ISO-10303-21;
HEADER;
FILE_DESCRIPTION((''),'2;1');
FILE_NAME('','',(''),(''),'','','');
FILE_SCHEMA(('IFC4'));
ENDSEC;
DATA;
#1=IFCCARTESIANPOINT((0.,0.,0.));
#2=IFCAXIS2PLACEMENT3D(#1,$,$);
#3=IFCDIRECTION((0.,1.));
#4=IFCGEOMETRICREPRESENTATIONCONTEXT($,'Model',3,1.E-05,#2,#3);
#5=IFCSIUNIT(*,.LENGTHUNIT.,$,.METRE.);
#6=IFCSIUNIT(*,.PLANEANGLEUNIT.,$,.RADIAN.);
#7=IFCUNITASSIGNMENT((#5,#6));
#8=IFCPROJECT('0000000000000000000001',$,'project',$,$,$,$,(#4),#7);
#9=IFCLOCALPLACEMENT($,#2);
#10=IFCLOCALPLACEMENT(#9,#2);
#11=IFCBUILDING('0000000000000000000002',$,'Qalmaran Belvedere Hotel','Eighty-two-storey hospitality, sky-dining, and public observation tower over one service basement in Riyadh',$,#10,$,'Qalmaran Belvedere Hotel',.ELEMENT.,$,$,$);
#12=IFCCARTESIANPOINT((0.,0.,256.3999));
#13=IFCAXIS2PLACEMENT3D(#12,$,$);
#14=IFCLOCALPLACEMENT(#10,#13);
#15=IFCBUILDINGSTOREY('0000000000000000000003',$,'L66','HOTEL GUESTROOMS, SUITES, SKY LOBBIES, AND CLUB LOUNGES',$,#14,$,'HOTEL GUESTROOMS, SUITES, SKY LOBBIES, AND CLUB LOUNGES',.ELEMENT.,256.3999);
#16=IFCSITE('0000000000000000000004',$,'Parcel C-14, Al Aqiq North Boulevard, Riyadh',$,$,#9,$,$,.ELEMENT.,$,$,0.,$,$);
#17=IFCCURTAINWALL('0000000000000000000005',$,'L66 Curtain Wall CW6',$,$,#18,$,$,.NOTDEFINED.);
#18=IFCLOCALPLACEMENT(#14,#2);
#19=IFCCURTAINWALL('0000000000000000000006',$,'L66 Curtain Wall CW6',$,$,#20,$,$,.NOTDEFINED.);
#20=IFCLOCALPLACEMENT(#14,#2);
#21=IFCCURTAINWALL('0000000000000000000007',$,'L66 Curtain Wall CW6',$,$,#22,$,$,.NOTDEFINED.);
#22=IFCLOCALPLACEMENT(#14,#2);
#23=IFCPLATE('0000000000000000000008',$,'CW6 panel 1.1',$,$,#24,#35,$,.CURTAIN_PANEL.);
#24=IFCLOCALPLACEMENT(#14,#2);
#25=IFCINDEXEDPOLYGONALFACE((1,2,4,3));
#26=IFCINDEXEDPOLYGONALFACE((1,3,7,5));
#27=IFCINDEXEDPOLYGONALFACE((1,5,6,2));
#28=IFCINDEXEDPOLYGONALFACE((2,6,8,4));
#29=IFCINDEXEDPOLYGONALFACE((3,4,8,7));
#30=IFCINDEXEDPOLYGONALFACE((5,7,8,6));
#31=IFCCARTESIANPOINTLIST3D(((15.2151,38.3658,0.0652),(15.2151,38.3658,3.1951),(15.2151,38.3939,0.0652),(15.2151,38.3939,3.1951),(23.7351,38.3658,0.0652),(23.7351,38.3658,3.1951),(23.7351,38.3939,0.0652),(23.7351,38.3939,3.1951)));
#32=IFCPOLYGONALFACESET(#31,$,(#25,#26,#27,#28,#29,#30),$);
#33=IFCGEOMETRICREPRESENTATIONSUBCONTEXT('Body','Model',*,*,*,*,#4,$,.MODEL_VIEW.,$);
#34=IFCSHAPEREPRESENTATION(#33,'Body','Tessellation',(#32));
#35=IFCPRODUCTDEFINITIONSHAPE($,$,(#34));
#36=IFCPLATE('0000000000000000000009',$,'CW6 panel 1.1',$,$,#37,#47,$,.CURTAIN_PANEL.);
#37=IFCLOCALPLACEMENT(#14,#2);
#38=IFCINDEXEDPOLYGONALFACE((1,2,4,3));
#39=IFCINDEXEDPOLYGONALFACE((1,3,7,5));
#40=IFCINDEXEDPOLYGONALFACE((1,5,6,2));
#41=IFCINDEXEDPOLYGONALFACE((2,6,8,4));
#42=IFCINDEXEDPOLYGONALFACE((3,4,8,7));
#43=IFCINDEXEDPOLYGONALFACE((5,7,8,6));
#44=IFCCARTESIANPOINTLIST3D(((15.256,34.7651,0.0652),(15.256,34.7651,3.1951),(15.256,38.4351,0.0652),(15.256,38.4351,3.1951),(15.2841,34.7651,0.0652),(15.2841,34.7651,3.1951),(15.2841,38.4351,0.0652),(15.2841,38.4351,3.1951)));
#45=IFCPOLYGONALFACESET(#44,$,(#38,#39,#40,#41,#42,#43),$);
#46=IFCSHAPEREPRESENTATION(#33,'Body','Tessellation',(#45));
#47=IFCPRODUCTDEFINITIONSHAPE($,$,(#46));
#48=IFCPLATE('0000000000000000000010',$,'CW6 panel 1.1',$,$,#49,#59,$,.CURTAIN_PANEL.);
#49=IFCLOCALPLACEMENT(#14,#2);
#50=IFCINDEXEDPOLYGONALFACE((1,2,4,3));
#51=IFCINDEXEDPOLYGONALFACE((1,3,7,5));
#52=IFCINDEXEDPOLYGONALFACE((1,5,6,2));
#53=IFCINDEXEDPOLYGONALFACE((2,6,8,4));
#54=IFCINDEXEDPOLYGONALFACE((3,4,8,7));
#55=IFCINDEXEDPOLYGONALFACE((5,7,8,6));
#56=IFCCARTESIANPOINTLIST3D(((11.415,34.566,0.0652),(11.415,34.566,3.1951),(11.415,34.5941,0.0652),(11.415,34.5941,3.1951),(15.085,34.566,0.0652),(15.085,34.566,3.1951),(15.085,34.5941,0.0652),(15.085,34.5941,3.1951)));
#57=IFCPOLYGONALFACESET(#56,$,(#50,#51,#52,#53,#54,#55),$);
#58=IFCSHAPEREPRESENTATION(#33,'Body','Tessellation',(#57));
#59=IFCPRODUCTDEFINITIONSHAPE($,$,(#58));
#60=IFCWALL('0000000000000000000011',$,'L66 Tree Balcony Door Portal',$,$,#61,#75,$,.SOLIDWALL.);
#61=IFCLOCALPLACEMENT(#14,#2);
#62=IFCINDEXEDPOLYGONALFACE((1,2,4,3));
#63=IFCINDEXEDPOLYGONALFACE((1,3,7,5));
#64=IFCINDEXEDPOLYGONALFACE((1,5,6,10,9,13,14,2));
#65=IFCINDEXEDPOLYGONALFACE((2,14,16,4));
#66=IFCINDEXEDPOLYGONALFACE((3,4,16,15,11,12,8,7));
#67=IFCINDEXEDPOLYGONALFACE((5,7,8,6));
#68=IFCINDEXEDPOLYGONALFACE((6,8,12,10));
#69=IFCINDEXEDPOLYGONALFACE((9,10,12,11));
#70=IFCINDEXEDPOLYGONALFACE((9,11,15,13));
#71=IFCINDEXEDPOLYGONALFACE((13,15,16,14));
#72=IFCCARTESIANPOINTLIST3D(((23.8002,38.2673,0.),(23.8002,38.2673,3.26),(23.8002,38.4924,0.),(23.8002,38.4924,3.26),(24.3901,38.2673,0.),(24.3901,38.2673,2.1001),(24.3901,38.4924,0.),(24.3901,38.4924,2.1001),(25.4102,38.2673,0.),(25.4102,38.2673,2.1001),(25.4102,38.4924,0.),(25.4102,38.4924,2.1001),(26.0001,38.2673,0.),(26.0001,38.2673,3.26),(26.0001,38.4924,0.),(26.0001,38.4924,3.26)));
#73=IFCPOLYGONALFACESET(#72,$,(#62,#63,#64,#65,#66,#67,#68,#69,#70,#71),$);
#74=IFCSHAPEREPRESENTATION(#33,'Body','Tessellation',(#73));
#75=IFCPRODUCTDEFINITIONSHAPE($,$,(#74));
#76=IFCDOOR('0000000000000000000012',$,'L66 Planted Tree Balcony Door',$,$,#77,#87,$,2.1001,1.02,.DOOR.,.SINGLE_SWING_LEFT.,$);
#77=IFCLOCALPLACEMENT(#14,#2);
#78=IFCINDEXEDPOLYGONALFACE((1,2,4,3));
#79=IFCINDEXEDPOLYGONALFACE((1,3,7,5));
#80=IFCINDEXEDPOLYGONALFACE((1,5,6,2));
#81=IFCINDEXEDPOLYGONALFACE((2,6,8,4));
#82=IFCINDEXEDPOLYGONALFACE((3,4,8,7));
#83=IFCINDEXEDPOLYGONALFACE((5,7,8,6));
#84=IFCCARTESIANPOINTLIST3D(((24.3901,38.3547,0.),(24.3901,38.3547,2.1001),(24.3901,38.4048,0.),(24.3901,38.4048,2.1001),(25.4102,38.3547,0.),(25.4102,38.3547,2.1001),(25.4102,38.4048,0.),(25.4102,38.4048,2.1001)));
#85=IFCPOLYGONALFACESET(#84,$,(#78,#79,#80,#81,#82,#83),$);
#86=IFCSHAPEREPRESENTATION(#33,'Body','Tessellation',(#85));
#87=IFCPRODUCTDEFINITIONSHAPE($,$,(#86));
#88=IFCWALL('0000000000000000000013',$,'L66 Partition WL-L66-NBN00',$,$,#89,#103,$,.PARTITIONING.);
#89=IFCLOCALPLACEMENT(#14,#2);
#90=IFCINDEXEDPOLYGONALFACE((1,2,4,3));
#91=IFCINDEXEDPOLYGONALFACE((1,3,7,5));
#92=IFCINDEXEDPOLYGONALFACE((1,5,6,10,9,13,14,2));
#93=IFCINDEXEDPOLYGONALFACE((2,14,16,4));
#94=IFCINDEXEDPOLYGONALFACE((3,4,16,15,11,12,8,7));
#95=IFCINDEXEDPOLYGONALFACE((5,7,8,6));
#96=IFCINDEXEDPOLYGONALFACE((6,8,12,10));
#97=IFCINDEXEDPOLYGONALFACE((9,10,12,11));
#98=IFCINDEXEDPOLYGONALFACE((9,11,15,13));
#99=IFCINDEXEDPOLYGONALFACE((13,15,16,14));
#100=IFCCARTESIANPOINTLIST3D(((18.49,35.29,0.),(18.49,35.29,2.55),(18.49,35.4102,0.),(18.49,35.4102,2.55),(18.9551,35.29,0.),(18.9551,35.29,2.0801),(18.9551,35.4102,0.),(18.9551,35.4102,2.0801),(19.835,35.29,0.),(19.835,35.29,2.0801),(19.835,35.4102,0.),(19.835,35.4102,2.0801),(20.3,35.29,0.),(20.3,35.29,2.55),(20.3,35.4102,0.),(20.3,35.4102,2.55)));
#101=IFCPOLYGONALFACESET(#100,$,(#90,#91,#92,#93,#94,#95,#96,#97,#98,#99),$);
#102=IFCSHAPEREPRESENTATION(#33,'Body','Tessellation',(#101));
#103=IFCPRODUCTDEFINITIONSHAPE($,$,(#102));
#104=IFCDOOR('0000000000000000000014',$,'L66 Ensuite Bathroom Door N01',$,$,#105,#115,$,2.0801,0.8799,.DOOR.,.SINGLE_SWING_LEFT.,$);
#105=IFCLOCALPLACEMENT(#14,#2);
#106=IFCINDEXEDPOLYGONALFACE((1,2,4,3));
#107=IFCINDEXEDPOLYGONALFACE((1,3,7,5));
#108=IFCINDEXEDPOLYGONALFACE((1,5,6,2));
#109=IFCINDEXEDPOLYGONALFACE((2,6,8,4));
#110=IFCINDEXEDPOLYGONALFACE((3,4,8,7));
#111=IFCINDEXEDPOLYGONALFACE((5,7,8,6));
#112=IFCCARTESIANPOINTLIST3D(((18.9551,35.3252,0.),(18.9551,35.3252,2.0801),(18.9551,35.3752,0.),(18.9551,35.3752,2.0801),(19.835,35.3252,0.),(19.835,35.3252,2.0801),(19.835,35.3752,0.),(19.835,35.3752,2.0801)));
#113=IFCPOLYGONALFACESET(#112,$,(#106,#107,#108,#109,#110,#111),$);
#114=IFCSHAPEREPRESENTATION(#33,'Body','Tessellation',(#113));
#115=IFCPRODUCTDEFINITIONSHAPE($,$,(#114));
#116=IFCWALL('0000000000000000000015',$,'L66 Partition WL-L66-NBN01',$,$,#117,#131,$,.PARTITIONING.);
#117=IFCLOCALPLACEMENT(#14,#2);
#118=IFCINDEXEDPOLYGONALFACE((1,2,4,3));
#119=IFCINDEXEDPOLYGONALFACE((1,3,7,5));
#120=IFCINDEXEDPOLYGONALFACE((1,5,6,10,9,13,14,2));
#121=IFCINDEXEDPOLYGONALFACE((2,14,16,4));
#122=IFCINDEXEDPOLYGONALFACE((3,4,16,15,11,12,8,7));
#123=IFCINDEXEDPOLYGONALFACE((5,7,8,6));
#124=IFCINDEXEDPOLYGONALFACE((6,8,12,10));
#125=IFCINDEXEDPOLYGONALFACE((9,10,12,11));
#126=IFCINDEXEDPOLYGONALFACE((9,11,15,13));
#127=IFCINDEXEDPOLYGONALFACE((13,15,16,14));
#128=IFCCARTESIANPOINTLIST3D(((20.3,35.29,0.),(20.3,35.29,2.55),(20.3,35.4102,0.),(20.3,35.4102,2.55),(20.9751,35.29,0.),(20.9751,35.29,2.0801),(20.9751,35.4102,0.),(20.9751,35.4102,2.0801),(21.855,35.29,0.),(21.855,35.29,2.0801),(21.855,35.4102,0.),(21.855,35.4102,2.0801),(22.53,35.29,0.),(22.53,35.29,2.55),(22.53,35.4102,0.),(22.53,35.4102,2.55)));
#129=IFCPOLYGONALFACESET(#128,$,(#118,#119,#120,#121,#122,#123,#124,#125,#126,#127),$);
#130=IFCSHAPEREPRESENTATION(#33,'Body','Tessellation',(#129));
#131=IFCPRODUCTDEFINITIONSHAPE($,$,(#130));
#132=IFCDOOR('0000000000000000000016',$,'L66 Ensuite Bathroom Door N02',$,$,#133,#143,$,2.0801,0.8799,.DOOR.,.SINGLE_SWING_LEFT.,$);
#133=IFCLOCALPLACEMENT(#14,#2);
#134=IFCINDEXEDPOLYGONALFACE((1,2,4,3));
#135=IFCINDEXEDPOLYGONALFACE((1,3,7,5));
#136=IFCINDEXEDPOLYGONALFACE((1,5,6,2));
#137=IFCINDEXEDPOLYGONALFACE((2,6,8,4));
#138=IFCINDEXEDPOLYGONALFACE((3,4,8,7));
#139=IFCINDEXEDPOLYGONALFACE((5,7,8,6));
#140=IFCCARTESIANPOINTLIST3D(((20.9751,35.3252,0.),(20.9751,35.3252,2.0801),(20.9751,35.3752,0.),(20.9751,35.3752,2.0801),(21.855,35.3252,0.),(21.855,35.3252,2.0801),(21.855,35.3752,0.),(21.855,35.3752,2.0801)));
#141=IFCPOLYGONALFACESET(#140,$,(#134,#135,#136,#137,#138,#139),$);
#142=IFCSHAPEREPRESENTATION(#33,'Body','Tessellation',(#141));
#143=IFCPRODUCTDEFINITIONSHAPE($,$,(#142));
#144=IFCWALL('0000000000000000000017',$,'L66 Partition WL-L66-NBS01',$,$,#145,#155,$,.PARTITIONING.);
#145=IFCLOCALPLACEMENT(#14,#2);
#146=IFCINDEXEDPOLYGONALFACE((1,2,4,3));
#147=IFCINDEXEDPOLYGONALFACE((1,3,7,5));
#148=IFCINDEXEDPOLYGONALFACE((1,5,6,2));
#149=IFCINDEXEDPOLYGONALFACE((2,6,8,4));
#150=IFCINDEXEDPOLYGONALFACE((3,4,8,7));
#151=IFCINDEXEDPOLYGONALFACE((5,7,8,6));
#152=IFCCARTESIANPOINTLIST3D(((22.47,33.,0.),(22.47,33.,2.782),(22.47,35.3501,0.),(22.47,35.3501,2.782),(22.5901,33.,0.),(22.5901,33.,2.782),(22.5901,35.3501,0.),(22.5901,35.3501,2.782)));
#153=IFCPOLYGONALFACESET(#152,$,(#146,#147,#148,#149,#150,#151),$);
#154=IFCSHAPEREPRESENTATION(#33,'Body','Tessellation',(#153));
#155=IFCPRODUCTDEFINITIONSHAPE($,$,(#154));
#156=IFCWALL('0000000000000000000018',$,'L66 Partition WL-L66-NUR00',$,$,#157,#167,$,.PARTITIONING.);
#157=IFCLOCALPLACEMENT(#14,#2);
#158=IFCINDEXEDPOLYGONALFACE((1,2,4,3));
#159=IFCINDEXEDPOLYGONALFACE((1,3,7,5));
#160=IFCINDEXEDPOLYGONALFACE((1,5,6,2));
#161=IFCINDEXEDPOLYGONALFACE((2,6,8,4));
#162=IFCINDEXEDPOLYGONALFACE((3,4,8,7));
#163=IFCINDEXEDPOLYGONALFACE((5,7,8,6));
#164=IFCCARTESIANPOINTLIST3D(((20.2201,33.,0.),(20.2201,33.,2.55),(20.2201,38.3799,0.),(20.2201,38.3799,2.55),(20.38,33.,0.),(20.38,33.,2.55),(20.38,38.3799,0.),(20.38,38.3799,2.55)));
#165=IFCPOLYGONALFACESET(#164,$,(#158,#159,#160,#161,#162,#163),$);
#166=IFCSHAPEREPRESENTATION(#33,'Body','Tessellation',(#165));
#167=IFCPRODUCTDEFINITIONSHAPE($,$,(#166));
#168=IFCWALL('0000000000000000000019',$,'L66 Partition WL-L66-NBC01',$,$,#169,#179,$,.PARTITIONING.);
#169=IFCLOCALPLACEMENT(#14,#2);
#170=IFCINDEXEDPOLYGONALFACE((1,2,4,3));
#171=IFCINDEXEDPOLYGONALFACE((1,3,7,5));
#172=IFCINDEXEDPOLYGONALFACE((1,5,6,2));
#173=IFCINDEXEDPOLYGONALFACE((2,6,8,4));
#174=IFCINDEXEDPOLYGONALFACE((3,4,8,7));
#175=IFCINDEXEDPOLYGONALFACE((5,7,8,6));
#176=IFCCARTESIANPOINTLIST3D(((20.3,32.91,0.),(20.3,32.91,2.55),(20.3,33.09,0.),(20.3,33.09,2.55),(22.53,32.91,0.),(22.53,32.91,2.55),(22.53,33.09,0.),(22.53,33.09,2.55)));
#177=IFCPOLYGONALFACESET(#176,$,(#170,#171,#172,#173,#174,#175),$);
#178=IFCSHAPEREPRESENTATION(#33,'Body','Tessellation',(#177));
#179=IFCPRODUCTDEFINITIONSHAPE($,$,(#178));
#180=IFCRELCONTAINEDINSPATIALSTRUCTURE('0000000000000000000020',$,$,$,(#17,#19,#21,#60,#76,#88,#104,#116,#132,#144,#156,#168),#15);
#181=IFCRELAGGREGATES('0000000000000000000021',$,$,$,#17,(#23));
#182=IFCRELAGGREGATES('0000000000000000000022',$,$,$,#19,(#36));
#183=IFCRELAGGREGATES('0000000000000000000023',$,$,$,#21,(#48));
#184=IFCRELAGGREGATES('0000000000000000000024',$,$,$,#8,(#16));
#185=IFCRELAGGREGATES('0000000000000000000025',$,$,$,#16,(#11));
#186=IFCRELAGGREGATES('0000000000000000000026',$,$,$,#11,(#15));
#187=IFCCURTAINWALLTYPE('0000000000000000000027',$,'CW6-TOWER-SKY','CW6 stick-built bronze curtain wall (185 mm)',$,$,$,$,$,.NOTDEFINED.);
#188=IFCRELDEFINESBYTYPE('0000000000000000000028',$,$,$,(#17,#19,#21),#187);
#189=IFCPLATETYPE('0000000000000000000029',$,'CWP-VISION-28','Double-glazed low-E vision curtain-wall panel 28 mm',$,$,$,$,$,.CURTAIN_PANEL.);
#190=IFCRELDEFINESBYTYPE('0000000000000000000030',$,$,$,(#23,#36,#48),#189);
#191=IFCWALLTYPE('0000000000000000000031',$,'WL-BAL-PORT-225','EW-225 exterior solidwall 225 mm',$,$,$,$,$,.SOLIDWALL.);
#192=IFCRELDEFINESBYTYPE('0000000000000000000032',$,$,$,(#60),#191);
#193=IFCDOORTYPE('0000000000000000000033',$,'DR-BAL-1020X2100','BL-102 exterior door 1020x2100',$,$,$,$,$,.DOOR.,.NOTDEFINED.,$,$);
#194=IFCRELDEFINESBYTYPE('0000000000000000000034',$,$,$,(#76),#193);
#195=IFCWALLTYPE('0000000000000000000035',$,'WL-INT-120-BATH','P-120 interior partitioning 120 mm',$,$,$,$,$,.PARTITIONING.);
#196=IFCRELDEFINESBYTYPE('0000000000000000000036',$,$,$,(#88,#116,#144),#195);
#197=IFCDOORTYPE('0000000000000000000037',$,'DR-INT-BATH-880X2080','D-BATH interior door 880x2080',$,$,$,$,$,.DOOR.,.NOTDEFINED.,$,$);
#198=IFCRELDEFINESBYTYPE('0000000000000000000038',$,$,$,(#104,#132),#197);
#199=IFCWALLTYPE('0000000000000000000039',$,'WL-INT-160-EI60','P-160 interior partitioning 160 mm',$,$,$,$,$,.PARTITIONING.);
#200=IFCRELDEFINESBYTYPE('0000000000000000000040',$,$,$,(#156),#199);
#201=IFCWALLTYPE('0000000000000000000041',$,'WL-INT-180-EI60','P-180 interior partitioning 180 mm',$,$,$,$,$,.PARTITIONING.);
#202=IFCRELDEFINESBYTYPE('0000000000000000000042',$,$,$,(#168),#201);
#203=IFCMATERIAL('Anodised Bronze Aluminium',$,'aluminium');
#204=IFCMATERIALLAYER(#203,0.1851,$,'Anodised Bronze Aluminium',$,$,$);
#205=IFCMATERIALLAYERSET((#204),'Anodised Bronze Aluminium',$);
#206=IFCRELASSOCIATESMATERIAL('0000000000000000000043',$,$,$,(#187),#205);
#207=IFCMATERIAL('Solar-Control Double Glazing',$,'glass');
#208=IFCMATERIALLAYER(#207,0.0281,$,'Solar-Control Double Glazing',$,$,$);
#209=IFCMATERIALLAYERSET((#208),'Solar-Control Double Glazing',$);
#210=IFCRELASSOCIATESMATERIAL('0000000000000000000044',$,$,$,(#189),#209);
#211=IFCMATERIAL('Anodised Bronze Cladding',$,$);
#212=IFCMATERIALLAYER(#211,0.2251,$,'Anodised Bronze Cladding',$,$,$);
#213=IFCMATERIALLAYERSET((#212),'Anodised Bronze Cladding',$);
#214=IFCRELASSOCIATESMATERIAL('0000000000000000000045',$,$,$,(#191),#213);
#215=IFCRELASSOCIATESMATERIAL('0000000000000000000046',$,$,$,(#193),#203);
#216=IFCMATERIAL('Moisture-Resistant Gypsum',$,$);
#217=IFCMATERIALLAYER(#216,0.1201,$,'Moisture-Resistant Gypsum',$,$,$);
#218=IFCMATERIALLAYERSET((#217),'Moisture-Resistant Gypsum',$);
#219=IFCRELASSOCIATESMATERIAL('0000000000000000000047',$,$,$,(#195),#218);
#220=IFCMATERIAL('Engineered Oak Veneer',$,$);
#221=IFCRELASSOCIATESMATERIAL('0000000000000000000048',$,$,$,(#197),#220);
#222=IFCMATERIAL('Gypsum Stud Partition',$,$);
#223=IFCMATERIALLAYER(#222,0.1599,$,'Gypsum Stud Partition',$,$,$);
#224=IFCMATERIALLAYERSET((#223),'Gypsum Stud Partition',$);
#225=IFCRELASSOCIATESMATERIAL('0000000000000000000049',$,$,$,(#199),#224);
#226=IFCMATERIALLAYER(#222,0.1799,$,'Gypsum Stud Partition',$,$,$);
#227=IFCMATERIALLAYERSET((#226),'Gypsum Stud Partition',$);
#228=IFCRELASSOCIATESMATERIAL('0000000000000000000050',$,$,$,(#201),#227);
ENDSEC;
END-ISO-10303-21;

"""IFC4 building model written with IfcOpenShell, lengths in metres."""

from ifc_helpers import new_model, si_unit, direction, frame, frame_2d, origin, origin_2d, place, context, subcontext, project, spatial, rectangle, extrude, material, layer, layer_set, type_object, element, fill, aggregate, save


model = new_model("IFC4")

# Units and contexts
model_context = context("Model", 3, precision=1e-05, world=origin(), true_north=direction((0.0, 1.0)))
body_context = subcontext(model_context, "Body", "Model", "MODEL_VIEW")
ifc_project = project(units=[si_unit("LENGTHUNIT", "METRE"), si_unit("PLANEANGLEUNIT", "RADIAN")], contexts=[model_context])

# Site, building, storey
site_placement = place(None, origin())
site = spatial("IfcSite", under=ifc_project, at=site_placement, Name="Parcel C-14, Al Aqiq North Boulevard, Riyadh", CompositionType="ELEMENT", RefElevation=0.0)
building_placement = place(site_placement, origin())
building = spatial("IfcBuilding", under=site, at=building_placement, Name="Qalmaran Belvedere Hotel", Description="Eighty-two-storey hospitality, sky-dining, and public observation tower over one service basement in Riyadh", LongName="Qalmaran Belvedere Hotel", CompositionType="ELEMENT")
storey_placement = place(building_placement, frame((0.0, 0.0, 256.3999)))
storey = spatial("IfcBuildingStorey", under=building, at=storey_placement, Name="L66", Description="HOTEL GUESTROOMS, SUITES, SKY LOBBIES, AND CLUB LOUNGES", LongName="HOTEL GUESTROOMS, SUITES, SKY LOBBIES, AND CLUB LOUNGES", CompositionType="ELEMENT", Elevation=256.3999)

# Curtain walls
ifc_material_1 = material(Name="Anodised Bronze Aluminium", Category="aluminium")
ifc_layer_1 = layer(ifc_material_1, 0.1851, Name="Anodised Bronze Aluminium")
ifc_layer_set_1 = layer_set([ifc_layer_1], Name="Anodised Bronze Aluminium")
curtain_wall_type = type_object("IfcCurtainWallType", Name="CW6-TOWER-SKY", Description="CW6 stick-built bronze curtain wall (185 mm)", PredefinedType="NOTDEFINED", material=ifc_layer_set_1)
curtain_wall_1_placement = place(storey_placement, origin())
curtain_wall_1 = element("IfcCurtainWall", 1, at=curtain_wall_1_placement, inside=storey, type_object=curtain_wall_type, Name="L66 Curtain Wall CW6", PredefinedType="NOTDEFINED")
curtain_wall_2_placement = place(storey_placement, origin())
curtain_wall_2 = element("IfcCurtainWall", 2, at=curtain_wall_2_placement, inside=storey, type_object=curtain_wall_type, Name="L66 Curtain Wall CW6", PredefinedType="NOTDEFINED")
curtain_wall_3_placement = place(storey_placement, origin())
curtain_wall_3 = element("IfcCurtainWall", 3, at=curtain_wall_3_placement, inside=storey, type_object=curtain_wall_type, Name="L66 Curtain Wall CW6", PredefinedType="NOTDEFINED")

# Plates
ifc_material_2 = material(Name="Solar-Control Double Glazing", Category="glass")
ifc_layer_2 = layer(ifc_material_2, 0.0281, Name="Solar-Control Double Glazing")
ifc_layer_set_2 = layer_set([ifc_layer_2], Name="Solar-Control Double Glazing")
plate_type = type_object("IfcPlateType", Name="CWP-VISION-28", Description="Double-glazed low-E vision curtain-wall panel 28 mm", PredefinedType="CURTAIN_PANEL", material=ifc_layer_set_2)
plate_1_placement = place(storey_placement, frame((19.4751, 38.3799, 0.0652), z_axis=(0.0, 0.0, 1.0), x_axis=(-1.0, 0.0, 0.0)))
plate_1 = element("IfcPlate", 4, at=plate_1_placement, type_object=plate_type, Name="CW6 panel 1.1", PredefinedType="CURTAIN_PANEL", context=body_context, shape_type="SweptSolid", body=[
    extrude(rectangle(XDim=8.52, YDim=0.0281, at=origin_2d()), origin(), (0.0, 0.0, 1.0), 3.1299),
])
aggregate(curtain_wall_1, [plate_1])
plate_2_placement = place(storey_placement, frame((15.27, 36.6001, 0.0652), z_axis=(0.0, 0.0, 1.0), x_axis=(0.0, -1.0, 0.0)))
plate_2 = element("IfcPlate", 5, at=plate_2_placement, type_object=plate_type, Name="CW6 panel 1.1", PredefinedType="CURTAIN_PANEL", context=body_context, shape_type="SweptSolid", body=[
    extrude(rectangle(XDim=3.6699, YDim=0.0281, at=origin_2d()), origin(), (0.0, 0.0, 1.0), 3.1299),
])
aggregate(curtain_wall_2, [plate_2])
plate_3_placement = place(storey_placement, frame((13.25, 34.5801, 0.0652), z_axis=(0.0, 0.0, 1.0), x_axis=(-1.0, 0.0, 0.0)))
plate_3 = element("IfcPlate", 6, at=plate_3_placement, type_object=plate_type, Name="CW6 panel 1.1", PredefinedType="CURTAIN_PANEL", context=body_context, shape_type="SweptSolid", body=[
    extrude(rectangle(XDim=3.6699, YDim=0.0281, at=origin_2d()), origin(), (0.0, 0.0, 1.0), 3.1299),
])
aggregate(curtain_wall_3, [plate_3])

# Walls, openings, doors
ifc_material_3 = material(Name="Anodised Bronze Cladding")
ifc_layer_3 = layer(ifc_material_3, 0.2251, Name="Anodised Bronze Cladding")
ifc_layer_set_3 = layer_set([ifc_layer_3], Name="Anodised Bronze Cladding")
wall_type_1 = type_object("IfcWallType", Name="WL-BAL-PORT-225", Description="EW-225 exterior solidwall 225 mm", PredefinedType="SOLIDWALL", material=ifc_layer_set_3)
wall_1_placement = place(storey_placement, frame((23.8, 38.3799, 0.0), z_axis=(0.0, 0.0, 1.0), x_axis=(1.0, 0.0, 0.0)))
wall_1 = element("IfcWall", 7, at=wall_1_placement, inside=storey, type_object=wall_type_1, Name="L66 Tree Balcony Door Portal", PredefinedType="SOLIDWALL", context=body_context, shape_type="SweptSolid", body=[
    extrude(rectangle(XDim=2.2, YDim=0.2251, at=frame_2d((1.1001, 0.0))), origin(), (0.0, 0.0, 1.0), 3.26),
])
opening_1_placement = place(wall_1_placement, frame((0.5901, 0.0, 0.0)))
opening_1 = element("IfcOpeningElement", 8, at=opening_1_placement, cuts=wall_1, PredefinedType="OPENING", context=body_context, shape_type="SweptSolid", body=[
    extrude(rectangle(XDim=1.02, YDim=2.1001, at=frame_2d((0.51, 1.05))), frame((0.0, 0.1226, 0.0), z_axis=(0.0, -1.0, 0.0), x_axis=(1.0, 0.0, 0.0)), (0.0, 0.0, 1.0), 0.2451),
])
door_type_1 = type_object("IfcDoorType", Name="DR-BAL-1020X2100", Description="BL-102 exterior door 1020x2100", OperationType="NOTDEFINED", PredefinedType="DOOR", material=ifc_material_1)
door_1_placement = place(opening_1_placement, origin())
door_1 = element("IfcDoor", 9, at=door_1_placement, inside=storey, type_object=door_type_1, Name="L66 Planted Tree Balcony Door", OperationType="SINGLE_SWING_LEFT", OverallHeight=2.1001, OverallWidth=1.02, PredefinedType="DOOR", context=body_context, shape_type="SweptSolid", body=[
    extrude(rectangle(XDim=1.02, YDim=2.1001, at=frame_2d((0.51, 1.05))), frame((0.0, 0.0249, 0.0), z_axis=(0.0, -1.0, 0.0), x_axis=(1.0, 0.0, 0.0)), (0.0, 0.0, 1.0), 0.05),
])
fill(opening_1, door_1)
ifc_material_4 = material(Name="Moisture-Resistant Gypsum")
ifc_layer_4 = layer(ifc_material_4, 0.1201, Name="Moisture-Resistant Gypsum")
ifc_layer_set_4 = layer_set([ifc_layer_4], Name="Moisture-Resistant Gypsum")
wall_type_2 = type_object("IfcWallType", Name="WL-INT-120-BATH", Description="P-120 interior partitioning 120 mm", PredefinedType="PARTITIONING", material=ifc_layer_set_4)
wall_2_placement = place(storey_placement, frame((18.49, 35.3501, 0.0), z_axis=(0.0, 0.0, 1.0), x_axis=(1.0, 0.0, 0.0)))
wall_2 = element("IfcWall", 10, at=wall_2_placement, inside=storey, type_object=wall_type_2, Name="L66 Partition WL-L66-NBN00", PredefinedType="PARTITIONING", context=body_context, shape_type="SweptSolid", body=[
    extrude(rectangle(XDim=1.8101, YDim=0.1201, at=frame_2d((0.905, 0.0))), origin(), (0.0, 0.0, 1.0), 2.55),
])
opening_2_placement = place(wall_2_placement, frame((1.345, 0.0, 0.0), z_axis=(0.0, 0.0, 1.0), x_axis=(-1.0, 0.0, 0.0)))
opening_2 = element("IfcOpeningElement", 11, at=opening_2_placement, cuts=wall_2, PredefinedType="OPENING", context=body_context, shape_type="SweptSolid", body=[
    extrude(rectangle(XDim=0.8799, YDim=2.0801, at=frame_2d((0.4399, 1.04))), frame((0.0, 0.0701, 0.0), z_axis=(0.0, -1.0, 0.0), x_axis=(1.0, 0.0, 0.0)), (0.0, 0.0, 1.0), 0.1401),
])
ifc_material_5 = material(Name="Engineered Oak Veneer")
door_type_2 = type_object("IfcDoorType", Name="DR-INT-BATH-880X2080", Description="D-BATH interior door 880x2080", OperationType="NOTDEFINED", PredefinedType="DOOR", material=ifc_material_5)
door_2_placement = place(opening_2_placement, origin())
door_2 = element("IfcDoor", 12, at=door_2_placement, inside=storey, type_object=door_type_2, Name="L66 Ensuite Bathroom Door N01", OperationType="SINGLE_SWING_LEFT", OverallHeight=2.0801, OverallWidth=0.8799, PredefinedType="DOOR", context=body_context, shape_type="SweptSolid", body=[
    extrude(rectangle(XDim=0.8799, YDim=2.0801, at=frame_2d((0.4399, 1.04))), frame((0.0, 0.0249, 0.0), z_axis=(0.0, -1.0, 0.0), x_axis=(1.0, 0.0, 0.0)), (0.0, 0.0, 1.0), 0.05),
])
fill(opening_2, door_2)
wall_3_placement = place(storey_placement, frame((20.3, 35.3501, 0.0), z_axis=(0.0, 0.0, 1.0), x_axis=(1.0, 0.0, 0.0)))
wall_3 = element("IfcWall", 13, at=wall_3_placement, inside=storey, type_object=wall_type_2, Name="L66 Partition WL-L66-NBN01", PredefinedType="PARTITIONING", context=body_context, shape_type="SweptSolid", body=[
    extrude(rectangle(XDim=2.23, YDim=0.1201, at=frame_2d((1.115, 0.0))), origin(), (0.0, 0.0, 1.0), 2.55),
])
opening_3_placement = place(wall_3_placement, frame((1.5549, 0.0, 0.0), z_axis=(0.0, 0.0, 1.0), x_axis=(-1.0, 0.0, 0.0)))
opening_3 = element("IfcOpeningElement", 14, at=opening_3_placement, cuts=wall_3, PredefinedType="OPENING", context=body_context, shape_type="SweptSolid", body=[
    extrude(rectangle(XDim=0.8799, YDim=2.0801, at=frame_2d((0.4399, 1.04))), frame((0.0, 0.0701, 0.0), z_axis=(0.0, -1.0, 0.0), x_axis=(1.0, 0.0, 0.0)), (0.0, 0.0, 1.0), 0.1401),
])
door_3_placement = place(opening_3_placement, origin())
door_3 = element("IfcDoor", 15, at=door_3_placement, inside=storey, type_object=door_type_2, Name="L66 Ensuite Bathroom Door N02", OperationType="SINGLE_SWING_LEFT", OverallHeight=2.0801, OverallWidth=0.8799, PredefinedType="DOOR", context=body_context, shape_type="SweptSolid", body=[
    extrude(rectangle(XDim=0.8799, YDim=2.0801, at=frame_2d((0.4399, 1.04))), frame((0.0, 0.0249, 0.0), z_axis=(0.0, -1.0, 0.0), x_axis=(1.0, 0.0, 0.0)), (0.0, 0.0, 1.0), 0.05),
])
fill(opening_3, door_3)

# Walls
wall_4_placement = place(storey_placement, frame((22.53, 33.0, 0.0), z_axis=(0.0, 0.0, 1.0), x_axis=(0.0, 1.0, 0.0)))
element("IfcWall", 16, at=wall_4_placement, inside=storey, type_object=wall_type_2, Name="L66 Partition WL-L66-NBS01", PredefinedType="PARTITIONING", context=body_context, shape_type="SweptSolid", body=[
    extrude(rectangle(XDim=2.3501, YDim=0.1201, at=frame_2d((1.175, 0.0))), origin(), (0.0, 0.0, 1.0), 2.782),
])
ifc_material_6 = material(Name="Gypsum Stud Partition")
ifc_layer_5 = layer(ifc_material_6, 0.1599, Name="Gypsum Stud Partition")
ifc_layer_set_5 = layer_set([ifc_layer_5], Name="Gypsum Stud Partition")
wall_type_3 = type_object("IfcWallType", Name="WL-INT-160-EI60", Description="P-160 interior partitioning 160 mm", PredefinedType="PARTITIONING", material=ifc_layer_set_5)
wall_5_placement = place(storey_placement, frame((20.3, 33.0, 0.0), z_axis=(0.0, 0.0, 1.0), x_axis=(0.0, 1.0, 0.0)))
element("IfcWall", 17, at=wall_5_placement, inside=storey, type_object=wall_type_3, Name="L66 Partition WL-L66-NUR00", PredefinedType="PARTITIONING", context=body_context, shape_type="SweptSolid", body=[
    extrude(rectangle(XDim=5.3799, YDim=0.1599, at=frame_2d((2.6899, 0.0))), origin(), (0.0, 0.0, 1.0), 2.55),
])
ifc_layer_6 = layer(ifc_material_6, 0.1799, Name="Gypsum Stud Partition")
ifc_layer_set_6 = layer_set([ifc_layer_6], Name="Gypsum Stud Partition")
wall_type_4 = type_object("IfcWallType", Name="WL-INT-180-EI60", Description="P-180 interior partitioning 180 mm", PredefinedType="PARTITIONING", material=ifc_layer_set_6)
wall_6_placement = place(storey_placement, frame((20.3, 33.0, 0.0), z_axis=(0.0, 0.0, 1.0), x_axis=(1.0, 0.0, 0.0)))
element("IfcWall", 18, at=wall_6_placement, inside=storey, type_object=wall_type_4, Name="L66 Partition WL-L66-NBC01", PredefinedType="PARTITIONING", context=body_context, shape_type="SweptSolid", body=[
    extrude(rectangle(XDim=2.23, YDim=0.1799, at=frame_2d((1.115, 0.0))), origin(), (0.0, 0.0, 1.0), 2.55),
])

save(model, "model.ifc")
